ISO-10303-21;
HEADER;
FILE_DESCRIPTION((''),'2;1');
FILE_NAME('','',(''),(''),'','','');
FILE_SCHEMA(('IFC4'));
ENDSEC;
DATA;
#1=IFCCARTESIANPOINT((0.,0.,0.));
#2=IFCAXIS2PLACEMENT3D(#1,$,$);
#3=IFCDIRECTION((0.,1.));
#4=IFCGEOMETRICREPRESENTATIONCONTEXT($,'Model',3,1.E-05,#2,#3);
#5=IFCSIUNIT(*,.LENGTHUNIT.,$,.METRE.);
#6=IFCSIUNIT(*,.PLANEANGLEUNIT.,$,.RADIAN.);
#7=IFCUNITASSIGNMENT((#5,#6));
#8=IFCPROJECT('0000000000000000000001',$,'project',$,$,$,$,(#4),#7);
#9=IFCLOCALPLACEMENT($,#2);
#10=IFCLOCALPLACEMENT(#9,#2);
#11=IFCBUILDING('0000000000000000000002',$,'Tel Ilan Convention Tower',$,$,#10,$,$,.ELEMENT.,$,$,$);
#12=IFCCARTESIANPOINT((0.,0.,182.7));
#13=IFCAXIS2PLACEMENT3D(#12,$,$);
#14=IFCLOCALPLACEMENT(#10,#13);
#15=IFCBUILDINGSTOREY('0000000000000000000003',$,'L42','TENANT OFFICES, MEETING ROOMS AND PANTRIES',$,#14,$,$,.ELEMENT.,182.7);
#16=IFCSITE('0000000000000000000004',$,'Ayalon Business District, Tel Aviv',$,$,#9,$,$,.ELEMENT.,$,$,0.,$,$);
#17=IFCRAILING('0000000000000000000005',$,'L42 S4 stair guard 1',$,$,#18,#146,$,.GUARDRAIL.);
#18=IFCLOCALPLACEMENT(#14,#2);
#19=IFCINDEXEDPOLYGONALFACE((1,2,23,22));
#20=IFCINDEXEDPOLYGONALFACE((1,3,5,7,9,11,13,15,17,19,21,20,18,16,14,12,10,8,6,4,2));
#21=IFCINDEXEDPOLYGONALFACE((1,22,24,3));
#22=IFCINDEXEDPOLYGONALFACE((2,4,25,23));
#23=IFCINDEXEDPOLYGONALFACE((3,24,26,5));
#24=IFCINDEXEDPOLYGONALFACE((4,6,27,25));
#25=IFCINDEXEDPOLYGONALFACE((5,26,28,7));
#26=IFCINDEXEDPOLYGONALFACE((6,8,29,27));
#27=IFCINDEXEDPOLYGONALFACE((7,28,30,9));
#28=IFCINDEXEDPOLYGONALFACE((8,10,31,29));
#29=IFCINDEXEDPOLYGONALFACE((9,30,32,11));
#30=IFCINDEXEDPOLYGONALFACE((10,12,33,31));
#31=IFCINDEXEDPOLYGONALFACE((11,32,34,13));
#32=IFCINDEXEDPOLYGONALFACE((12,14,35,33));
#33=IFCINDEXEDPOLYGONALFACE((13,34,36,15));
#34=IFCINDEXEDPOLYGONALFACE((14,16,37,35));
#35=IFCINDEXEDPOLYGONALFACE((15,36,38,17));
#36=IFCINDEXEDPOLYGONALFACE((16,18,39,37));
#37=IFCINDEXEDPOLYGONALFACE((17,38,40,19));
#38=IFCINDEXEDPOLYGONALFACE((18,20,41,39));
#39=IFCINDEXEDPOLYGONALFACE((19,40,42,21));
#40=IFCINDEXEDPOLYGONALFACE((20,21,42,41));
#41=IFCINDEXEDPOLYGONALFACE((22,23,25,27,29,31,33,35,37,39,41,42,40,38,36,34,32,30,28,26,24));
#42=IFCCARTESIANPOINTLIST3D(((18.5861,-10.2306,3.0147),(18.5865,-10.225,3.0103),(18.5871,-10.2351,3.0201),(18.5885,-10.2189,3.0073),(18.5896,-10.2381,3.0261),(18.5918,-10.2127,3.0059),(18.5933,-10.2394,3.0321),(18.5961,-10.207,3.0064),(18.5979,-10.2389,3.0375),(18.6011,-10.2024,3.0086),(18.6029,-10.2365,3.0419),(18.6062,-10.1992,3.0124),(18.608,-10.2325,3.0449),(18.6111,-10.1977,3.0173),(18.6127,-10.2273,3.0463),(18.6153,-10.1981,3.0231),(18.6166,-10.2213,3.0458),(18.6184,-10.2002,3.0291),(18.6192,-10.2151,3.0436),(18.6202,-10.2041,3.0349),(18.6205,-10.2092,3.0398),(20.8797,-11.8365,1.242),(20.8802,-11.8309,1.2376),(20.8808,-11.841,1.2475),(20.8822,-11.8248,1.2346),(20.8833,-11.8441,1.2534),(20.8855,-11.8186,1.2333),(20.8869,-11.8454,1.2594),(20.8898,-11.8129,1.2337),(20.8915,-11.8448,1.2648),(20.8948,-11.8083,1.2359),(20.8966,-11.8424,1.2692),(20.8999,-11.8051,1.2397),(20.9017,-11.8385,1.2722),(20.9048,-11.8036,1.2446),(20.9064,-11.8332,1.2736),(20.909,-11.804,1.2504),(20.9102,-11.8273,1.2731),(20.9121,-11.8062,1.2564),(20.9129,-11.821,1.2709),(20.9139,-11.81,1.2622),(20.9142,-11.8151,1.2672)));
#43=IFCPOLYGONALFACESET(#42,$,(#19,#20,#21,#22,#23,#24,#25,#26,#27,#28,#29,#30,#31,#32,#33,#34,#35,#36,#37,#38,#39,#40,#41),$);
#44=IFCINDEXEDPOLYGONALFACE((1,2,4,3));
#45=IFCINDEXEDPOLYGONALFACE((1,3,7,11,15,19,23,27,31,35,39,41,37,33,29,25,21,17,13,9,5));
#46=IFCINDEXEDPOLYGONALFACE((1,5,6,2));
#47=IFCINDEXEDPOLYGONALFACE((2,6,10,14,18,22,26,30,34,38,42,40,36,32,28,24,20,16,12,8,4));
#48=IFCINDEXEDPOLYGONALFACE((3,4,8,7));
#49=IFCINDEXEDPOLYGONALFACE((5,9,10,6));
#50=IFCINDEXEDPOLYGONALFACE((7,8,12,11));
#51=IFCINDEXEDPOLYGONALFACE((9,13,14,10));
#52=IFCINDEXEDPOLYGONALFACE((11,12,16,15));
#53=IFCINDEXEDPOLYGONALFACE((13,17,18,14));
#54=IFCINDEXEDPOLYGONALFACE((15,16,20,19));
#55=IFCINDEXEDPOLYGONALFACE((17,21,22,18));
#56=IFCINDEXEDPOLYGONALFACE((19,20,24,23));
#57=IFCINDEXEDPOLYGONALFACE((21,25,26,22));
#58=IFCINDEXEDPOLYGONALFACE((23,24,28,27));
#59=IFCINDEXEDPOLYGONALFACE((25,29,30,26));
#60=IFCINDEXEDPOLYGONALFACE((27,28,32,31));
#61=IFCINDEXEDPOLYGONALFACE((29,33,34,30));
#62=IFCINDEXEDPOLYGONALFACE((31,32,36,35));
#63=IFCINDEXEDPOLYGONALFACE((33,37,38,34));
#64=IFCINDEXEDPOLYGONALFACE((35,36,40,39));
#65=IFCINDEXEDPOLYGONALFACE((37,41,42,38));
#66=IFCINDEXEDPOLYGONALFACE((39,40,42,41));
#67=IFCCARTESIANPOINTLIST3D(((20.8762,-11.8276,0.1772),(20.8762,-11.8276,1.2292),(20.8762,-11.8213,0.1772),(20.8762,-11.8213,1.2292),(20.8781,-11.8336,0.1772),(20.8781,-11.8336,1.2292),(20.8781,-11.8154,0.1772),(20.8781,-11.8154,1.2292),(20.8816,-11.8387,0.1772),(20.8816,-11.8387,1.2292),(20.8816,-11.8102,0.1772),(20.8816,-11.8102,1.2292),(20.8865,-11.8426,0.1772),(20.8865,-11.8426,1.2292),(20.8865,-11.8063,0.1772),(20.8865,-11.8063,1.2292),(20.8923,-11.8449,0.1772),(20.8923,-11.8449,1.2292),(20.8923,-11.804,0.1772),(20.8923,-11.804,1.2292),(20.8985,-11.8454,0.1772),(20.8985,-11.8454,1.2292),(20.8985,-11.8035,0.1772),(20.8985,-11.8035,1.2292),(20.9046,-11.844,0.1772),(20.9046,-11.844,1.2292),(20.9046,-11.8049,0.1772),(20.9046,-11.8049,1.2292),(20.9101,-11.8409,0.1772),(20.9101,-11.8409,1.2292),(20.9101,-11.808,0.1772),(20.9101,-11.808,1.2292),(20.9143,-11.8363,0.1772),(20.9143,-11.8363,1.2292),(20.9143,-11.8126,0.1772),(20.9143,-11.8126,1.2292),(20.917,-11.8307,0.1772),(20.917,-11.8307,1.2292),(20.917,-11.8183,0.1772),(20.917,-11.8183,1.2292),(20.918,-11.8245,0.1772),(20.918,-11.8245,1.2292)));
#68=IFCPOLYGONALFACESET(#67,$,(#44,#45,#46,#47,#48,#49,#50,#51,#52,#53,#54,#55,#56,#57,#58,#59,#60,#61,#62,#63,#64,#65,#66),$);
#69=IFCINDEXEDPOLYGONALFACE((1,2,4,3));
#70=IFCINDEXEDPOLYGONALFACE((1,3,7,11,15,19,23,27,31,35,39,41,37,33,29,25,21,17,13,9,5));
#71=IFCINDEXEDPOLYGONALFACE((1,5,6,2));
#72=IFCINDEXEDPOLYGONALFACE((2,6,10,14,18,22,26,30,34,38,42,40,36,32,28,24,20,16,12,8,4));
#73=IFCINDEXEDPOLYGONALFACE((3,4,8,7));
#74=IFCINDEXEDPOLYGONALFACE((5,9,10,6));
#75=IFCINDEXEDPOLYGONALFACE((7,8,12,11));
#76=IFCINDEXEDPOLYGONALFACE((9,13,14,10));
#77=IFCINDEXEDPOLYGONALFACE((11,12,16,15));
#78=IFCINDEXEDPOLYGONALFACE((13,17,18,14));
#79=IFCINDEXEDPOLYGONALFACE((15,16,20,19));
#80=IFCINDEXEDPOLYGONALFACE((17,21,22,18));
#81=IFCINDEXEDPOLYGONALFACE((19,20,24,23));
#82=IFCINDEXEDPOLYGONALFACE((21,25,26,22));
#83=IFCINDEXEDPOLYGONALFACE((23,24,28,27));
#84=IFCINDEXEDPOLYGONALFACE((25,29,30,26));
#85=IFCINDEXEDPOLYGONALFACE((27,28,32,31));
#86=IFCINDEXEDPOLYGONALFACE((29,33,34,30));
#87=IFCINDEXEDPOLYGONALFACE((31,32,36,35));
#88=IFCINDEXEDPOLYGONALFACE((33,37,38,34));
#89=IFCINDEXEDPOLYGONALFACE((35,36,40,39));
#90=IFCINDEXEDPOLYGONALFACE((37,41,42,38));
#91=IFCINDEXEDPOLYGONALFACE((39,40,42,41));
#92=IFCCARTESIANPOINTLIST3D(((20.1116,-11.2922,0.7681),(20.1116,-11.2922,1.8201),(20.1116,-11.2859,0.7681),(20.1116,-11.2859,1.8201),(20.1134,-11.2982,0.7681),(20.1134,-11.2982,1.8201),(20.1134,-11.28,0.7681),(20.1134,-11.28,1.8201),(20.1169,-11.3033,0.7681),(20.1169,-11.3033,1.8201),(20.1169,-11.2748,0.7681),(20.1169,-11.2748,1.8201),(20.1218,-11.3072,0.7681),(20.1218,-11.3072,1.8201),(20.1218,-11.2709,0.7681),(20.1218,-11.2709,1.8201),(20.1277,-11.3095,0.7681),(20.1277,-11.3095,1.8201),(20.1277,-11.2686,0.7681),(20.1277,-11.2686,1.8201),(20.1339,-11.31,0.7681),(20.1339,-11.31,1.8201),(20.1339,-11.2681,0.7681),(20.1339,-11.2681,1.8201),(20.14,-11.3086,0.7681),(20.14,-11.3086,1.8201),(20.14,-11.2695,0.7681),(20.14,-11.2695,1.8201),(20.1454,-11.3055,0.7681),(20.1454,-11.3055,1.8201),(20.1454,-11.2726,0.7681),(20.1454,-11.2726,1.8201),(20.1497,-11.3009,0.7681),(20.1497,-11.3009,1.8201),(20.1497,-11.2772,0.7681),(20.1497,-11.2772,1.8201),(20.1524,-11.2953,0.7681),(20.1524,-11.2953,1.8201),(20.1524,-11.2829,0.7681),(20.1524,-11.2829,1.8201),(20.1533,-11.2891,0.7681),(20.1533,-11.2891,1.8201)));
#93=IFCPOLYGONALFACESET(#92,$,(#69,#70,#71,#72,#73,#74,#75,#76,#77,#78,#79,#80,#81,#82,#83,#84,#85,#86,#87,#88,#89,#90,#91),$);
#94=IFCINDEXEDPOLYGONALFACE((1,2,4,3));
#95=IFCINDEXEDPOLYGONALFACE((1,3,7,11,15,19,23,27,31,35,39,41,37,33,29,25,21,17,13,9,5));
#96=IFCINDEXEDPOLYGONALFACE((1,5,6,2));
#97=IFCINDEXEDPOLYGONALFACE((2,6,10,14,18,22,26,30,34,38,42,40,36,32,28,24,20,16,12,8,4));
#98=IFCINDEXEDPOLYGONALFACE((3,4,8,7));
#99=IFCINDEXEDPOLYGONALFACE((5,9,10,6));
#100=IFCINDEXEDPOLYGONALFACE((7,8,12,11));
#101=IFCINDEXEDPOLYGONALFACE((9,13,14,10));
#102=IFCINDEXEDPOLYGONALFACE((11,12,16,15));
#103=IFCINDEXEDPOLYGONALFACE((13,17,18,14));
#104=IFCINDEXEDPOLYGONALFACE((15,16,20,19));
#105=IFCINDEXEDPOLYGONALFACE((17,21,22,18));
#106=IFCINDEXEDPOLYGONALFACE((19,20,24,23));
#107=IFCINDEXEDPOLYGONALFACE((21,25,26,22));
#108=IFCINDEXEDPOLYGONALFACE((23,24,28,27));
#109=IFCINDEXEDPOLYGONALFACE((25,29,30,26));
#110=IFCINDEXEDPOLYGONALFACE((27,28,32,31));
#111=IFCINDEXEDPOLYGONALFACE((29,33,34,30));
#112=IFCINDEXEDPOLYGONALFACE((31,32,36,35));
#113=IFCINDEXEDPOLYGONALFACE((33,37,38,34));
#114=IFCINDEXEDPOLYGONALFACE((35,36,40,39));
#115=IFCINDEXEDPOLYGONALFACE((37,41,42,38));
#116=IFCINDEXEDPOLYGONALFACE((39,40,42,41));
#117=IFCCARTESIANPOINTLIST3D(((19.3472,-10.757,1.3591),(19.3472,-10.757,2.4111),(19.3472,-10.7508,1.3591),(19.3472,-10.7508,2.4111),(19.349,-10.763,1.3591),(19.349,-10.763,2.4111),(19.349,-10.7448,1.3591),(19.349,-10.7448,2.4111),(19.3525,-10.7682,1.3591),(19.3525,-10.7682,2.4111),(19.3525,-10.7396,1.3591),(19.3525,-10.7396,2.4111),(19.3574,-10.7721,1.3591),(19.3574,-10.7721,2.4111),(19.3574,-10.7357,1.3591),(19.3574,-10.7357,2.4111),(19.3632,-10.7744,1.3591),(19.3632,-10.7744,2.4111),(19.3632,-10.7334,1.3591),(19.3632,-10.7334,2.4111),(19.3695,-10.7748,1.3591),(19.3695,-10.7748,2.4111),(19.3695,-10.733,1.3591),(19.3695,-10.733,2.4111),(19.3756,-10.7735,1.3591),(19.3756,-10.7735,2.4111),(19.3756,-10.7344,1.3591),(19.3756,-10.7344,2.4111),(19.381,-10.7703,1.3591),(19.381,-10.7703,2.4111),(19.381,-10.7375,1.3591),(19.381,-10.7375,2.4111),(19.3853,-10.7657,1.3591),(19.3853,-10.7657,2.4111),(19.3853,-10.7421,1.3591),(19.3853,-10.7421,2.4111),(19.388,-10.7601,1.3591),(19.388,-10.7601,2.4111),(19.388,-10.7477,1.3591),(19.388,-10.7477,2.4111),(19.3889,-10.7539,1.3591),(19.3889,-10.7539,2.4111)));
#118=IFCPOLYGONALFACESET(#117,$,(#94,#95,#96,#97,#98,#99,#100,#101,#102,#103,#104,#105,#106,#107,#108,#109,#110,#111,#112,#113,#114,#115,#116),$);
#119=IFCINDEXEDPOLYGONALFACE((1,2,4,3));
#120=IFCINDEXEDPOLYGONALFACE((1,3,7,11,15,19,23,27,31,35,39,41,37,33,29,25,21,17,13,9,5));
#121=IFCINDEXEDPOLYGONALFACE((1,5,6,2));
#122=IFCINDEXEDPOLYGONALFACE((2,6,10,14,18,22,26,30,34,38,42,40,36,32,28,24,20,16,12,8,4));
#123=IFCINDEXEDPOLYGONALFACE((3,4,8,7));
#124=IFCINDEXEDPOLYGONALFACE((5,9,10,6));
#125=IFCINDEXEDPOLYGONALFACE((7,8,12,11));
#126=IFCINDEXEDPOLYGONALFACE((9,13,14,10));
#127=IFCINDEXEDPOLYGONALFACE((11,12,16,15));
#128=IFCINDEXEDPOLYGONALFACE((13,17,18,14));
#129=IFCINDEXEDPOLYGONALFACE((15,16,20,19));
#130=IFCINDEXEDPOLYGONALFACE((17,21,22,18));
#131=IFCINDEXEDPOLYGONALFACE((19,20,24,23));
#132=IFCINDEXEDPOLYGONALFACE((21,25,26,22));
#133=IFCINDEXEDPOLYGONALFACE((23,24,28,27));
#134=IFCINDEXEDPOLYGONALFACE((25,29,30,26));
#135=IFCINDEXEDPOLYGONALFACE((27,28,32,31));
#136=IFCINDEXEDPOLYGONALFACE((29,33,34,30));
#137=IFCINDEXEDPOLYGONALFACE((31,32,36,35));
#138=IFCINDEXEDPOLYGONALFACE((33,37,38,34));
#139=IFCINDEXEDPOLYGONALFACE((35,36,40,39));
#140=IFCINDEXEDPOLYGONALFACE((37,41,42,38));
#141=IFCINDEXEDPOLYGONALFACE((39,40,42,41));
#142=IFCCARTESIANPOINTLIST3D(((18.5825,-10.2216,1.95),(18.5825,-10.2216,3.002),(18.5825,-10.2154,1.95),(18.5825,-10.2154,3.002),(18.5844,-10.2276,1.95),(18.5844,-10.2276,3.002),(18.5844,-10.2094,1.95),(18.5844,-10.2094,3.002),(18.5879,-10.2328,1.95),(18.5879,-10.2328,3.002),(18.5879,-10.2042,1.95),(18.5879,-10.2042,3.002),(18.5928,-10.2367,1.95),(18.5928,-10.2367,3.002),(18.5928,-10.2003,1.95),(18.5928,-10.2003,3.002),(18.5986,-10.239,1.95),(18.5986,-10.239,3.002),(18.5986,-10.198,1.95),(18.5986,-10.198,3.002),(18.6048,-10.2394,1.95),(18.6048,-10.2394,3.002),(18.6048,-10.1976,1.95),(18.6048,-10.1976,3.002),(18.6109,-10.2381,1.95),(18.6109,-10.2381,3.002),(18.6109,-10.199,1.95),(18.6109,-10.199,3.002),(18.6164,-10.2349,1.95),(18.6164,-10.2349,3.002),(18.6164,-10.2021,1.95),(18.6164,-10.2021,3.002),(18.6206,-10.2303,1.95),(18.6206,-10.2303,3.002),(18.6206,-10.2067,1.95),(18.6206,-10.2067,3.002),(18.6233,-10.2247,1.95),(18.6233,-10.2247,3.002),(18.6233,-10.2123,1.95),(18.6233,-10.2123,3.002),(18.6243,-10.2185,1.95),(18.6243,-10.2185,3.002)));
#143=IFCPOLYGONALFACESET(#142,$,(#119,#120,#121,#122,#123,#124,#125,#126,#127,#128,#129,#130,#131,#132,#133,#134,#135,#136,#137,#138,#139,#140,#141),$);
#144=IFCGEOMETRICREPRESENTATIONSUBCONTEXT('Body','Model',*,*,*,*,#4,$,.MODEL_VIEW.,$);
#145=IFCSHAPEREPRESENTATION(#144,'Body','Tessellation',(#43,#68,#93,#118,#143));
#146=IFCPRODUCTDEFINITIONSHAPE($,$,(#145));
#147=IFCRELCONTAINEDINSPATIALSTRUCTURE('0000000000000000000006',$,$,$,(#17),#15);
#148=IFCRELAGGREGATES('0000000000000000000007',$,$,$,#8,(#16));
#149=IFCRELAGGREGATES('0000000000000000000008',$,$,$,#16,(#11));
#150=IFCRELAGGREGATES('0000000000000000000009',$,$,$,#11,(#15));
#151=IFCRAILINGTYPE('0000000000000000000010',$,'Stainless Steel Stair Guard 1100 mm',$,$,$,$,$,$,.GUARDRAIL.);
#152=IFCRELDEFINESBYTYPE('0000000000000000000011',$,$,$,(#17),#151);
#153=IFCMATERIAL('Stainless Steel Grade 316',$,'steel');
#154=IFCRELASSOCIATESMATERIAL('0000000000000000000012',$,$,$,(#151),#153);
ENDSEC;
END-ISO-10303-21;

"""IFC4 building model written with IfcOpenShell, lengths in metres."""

from ifc_helpers import new_model, si_unit, direction, frame, origin, origin_2d, place, context, subcontext, project, spatial, circle, extrude, material, type_object, element, save


model = new_model("IFC4")

# Units and contexts
model_context = context("Model", 3, precision=1e-05, world=origin(), true_north=direction((0.0, 1.0)))
body_context = subcontext(model_context, "Body", "Model", "MODEL_VIEW")
ifc_project = project(units=[si_unit("LENGTHUNIT", "METRE"), si_unit("PLANEANGLEUNIT", "RADIAN")], contexts=[model_context])

# Site, building, storey
site_placement = place(None, origin())
site = spatial("IfcSite", under=ifc_project, at=site_placement, Name="Ayalon Business District, Tel Aviv", CompositionType="ELEMENT", RefElevation=0.0)
building_placement = place(site_placement, origin())
building = spatial("IfcBuilding", under=site, at=building_placement, Name="Tel Ilan Convention Tower", CompositionType="ELEMENT")
storey_placement = place(building_placement, frame((0.0, 0.0, 182.7)))
storey = spatial("IfcBuildingStorey", under=building, at=storey_placement, Name="L42", Description="TENANT OFFICES, MEETING ROOMS AND PANTRIES", CompositionType="ELEMENT", Elevation=182.7)

# Railing
ifc_material_1 = material(Name="Stainless Steel Grade 316", Category="steel")
railing_type_1 = type_object("IfcRailingType", Name="Stainless Steel Stair Guard 1100 mm", PredefinedType="GUARDRAIL", material=ifc_material_1)
railing_1_placement = place(storey_placement, frame((20.897, -11.8245, 0.1772)))
element("IfcRailing", 1, at=railing_1_placement, inside=storey, type_object=railing_type_1, Name="L42 S4 stair guard 1", PredefinedType="GUARDRAIL", context=body_context, shape_type="SweptSolid", body=[
    extrude(circle(Radius=0.0239, at=origin_2d()), frame((0.0, 0.0, 1.0762), z_axis=(-0.692123, 0.484597, 0.534913), x_axis=(-0.57355, -0.81917, 0.0)), (0.0, 0.0, 1.0), 3.314),
    extrude(circle(Radius=0.021, at=origin_2d()), origin(), (0.0, 0.0, 1.0), 1.052),
    extrude(circle(Radius=0.021, at=origin_2d()), frame((-0.7646, 0.5354, 0.5908)), (0.0, 0.0, 1.0), 1.052),
    extrude(circle(Radius=0.021, at=origin_2d()), frame((-1.5291, 1.0706, 1.1819)), (0.0, 0.0, 1.0), 1.052),
    extrude(circle(Radius=0.021, at=origin_2d()), frame((-2.2937, 1.606, 1.7727)), (0.0, 0.0, 1.0), 1.052),
])

save(model, "model.ifc")
